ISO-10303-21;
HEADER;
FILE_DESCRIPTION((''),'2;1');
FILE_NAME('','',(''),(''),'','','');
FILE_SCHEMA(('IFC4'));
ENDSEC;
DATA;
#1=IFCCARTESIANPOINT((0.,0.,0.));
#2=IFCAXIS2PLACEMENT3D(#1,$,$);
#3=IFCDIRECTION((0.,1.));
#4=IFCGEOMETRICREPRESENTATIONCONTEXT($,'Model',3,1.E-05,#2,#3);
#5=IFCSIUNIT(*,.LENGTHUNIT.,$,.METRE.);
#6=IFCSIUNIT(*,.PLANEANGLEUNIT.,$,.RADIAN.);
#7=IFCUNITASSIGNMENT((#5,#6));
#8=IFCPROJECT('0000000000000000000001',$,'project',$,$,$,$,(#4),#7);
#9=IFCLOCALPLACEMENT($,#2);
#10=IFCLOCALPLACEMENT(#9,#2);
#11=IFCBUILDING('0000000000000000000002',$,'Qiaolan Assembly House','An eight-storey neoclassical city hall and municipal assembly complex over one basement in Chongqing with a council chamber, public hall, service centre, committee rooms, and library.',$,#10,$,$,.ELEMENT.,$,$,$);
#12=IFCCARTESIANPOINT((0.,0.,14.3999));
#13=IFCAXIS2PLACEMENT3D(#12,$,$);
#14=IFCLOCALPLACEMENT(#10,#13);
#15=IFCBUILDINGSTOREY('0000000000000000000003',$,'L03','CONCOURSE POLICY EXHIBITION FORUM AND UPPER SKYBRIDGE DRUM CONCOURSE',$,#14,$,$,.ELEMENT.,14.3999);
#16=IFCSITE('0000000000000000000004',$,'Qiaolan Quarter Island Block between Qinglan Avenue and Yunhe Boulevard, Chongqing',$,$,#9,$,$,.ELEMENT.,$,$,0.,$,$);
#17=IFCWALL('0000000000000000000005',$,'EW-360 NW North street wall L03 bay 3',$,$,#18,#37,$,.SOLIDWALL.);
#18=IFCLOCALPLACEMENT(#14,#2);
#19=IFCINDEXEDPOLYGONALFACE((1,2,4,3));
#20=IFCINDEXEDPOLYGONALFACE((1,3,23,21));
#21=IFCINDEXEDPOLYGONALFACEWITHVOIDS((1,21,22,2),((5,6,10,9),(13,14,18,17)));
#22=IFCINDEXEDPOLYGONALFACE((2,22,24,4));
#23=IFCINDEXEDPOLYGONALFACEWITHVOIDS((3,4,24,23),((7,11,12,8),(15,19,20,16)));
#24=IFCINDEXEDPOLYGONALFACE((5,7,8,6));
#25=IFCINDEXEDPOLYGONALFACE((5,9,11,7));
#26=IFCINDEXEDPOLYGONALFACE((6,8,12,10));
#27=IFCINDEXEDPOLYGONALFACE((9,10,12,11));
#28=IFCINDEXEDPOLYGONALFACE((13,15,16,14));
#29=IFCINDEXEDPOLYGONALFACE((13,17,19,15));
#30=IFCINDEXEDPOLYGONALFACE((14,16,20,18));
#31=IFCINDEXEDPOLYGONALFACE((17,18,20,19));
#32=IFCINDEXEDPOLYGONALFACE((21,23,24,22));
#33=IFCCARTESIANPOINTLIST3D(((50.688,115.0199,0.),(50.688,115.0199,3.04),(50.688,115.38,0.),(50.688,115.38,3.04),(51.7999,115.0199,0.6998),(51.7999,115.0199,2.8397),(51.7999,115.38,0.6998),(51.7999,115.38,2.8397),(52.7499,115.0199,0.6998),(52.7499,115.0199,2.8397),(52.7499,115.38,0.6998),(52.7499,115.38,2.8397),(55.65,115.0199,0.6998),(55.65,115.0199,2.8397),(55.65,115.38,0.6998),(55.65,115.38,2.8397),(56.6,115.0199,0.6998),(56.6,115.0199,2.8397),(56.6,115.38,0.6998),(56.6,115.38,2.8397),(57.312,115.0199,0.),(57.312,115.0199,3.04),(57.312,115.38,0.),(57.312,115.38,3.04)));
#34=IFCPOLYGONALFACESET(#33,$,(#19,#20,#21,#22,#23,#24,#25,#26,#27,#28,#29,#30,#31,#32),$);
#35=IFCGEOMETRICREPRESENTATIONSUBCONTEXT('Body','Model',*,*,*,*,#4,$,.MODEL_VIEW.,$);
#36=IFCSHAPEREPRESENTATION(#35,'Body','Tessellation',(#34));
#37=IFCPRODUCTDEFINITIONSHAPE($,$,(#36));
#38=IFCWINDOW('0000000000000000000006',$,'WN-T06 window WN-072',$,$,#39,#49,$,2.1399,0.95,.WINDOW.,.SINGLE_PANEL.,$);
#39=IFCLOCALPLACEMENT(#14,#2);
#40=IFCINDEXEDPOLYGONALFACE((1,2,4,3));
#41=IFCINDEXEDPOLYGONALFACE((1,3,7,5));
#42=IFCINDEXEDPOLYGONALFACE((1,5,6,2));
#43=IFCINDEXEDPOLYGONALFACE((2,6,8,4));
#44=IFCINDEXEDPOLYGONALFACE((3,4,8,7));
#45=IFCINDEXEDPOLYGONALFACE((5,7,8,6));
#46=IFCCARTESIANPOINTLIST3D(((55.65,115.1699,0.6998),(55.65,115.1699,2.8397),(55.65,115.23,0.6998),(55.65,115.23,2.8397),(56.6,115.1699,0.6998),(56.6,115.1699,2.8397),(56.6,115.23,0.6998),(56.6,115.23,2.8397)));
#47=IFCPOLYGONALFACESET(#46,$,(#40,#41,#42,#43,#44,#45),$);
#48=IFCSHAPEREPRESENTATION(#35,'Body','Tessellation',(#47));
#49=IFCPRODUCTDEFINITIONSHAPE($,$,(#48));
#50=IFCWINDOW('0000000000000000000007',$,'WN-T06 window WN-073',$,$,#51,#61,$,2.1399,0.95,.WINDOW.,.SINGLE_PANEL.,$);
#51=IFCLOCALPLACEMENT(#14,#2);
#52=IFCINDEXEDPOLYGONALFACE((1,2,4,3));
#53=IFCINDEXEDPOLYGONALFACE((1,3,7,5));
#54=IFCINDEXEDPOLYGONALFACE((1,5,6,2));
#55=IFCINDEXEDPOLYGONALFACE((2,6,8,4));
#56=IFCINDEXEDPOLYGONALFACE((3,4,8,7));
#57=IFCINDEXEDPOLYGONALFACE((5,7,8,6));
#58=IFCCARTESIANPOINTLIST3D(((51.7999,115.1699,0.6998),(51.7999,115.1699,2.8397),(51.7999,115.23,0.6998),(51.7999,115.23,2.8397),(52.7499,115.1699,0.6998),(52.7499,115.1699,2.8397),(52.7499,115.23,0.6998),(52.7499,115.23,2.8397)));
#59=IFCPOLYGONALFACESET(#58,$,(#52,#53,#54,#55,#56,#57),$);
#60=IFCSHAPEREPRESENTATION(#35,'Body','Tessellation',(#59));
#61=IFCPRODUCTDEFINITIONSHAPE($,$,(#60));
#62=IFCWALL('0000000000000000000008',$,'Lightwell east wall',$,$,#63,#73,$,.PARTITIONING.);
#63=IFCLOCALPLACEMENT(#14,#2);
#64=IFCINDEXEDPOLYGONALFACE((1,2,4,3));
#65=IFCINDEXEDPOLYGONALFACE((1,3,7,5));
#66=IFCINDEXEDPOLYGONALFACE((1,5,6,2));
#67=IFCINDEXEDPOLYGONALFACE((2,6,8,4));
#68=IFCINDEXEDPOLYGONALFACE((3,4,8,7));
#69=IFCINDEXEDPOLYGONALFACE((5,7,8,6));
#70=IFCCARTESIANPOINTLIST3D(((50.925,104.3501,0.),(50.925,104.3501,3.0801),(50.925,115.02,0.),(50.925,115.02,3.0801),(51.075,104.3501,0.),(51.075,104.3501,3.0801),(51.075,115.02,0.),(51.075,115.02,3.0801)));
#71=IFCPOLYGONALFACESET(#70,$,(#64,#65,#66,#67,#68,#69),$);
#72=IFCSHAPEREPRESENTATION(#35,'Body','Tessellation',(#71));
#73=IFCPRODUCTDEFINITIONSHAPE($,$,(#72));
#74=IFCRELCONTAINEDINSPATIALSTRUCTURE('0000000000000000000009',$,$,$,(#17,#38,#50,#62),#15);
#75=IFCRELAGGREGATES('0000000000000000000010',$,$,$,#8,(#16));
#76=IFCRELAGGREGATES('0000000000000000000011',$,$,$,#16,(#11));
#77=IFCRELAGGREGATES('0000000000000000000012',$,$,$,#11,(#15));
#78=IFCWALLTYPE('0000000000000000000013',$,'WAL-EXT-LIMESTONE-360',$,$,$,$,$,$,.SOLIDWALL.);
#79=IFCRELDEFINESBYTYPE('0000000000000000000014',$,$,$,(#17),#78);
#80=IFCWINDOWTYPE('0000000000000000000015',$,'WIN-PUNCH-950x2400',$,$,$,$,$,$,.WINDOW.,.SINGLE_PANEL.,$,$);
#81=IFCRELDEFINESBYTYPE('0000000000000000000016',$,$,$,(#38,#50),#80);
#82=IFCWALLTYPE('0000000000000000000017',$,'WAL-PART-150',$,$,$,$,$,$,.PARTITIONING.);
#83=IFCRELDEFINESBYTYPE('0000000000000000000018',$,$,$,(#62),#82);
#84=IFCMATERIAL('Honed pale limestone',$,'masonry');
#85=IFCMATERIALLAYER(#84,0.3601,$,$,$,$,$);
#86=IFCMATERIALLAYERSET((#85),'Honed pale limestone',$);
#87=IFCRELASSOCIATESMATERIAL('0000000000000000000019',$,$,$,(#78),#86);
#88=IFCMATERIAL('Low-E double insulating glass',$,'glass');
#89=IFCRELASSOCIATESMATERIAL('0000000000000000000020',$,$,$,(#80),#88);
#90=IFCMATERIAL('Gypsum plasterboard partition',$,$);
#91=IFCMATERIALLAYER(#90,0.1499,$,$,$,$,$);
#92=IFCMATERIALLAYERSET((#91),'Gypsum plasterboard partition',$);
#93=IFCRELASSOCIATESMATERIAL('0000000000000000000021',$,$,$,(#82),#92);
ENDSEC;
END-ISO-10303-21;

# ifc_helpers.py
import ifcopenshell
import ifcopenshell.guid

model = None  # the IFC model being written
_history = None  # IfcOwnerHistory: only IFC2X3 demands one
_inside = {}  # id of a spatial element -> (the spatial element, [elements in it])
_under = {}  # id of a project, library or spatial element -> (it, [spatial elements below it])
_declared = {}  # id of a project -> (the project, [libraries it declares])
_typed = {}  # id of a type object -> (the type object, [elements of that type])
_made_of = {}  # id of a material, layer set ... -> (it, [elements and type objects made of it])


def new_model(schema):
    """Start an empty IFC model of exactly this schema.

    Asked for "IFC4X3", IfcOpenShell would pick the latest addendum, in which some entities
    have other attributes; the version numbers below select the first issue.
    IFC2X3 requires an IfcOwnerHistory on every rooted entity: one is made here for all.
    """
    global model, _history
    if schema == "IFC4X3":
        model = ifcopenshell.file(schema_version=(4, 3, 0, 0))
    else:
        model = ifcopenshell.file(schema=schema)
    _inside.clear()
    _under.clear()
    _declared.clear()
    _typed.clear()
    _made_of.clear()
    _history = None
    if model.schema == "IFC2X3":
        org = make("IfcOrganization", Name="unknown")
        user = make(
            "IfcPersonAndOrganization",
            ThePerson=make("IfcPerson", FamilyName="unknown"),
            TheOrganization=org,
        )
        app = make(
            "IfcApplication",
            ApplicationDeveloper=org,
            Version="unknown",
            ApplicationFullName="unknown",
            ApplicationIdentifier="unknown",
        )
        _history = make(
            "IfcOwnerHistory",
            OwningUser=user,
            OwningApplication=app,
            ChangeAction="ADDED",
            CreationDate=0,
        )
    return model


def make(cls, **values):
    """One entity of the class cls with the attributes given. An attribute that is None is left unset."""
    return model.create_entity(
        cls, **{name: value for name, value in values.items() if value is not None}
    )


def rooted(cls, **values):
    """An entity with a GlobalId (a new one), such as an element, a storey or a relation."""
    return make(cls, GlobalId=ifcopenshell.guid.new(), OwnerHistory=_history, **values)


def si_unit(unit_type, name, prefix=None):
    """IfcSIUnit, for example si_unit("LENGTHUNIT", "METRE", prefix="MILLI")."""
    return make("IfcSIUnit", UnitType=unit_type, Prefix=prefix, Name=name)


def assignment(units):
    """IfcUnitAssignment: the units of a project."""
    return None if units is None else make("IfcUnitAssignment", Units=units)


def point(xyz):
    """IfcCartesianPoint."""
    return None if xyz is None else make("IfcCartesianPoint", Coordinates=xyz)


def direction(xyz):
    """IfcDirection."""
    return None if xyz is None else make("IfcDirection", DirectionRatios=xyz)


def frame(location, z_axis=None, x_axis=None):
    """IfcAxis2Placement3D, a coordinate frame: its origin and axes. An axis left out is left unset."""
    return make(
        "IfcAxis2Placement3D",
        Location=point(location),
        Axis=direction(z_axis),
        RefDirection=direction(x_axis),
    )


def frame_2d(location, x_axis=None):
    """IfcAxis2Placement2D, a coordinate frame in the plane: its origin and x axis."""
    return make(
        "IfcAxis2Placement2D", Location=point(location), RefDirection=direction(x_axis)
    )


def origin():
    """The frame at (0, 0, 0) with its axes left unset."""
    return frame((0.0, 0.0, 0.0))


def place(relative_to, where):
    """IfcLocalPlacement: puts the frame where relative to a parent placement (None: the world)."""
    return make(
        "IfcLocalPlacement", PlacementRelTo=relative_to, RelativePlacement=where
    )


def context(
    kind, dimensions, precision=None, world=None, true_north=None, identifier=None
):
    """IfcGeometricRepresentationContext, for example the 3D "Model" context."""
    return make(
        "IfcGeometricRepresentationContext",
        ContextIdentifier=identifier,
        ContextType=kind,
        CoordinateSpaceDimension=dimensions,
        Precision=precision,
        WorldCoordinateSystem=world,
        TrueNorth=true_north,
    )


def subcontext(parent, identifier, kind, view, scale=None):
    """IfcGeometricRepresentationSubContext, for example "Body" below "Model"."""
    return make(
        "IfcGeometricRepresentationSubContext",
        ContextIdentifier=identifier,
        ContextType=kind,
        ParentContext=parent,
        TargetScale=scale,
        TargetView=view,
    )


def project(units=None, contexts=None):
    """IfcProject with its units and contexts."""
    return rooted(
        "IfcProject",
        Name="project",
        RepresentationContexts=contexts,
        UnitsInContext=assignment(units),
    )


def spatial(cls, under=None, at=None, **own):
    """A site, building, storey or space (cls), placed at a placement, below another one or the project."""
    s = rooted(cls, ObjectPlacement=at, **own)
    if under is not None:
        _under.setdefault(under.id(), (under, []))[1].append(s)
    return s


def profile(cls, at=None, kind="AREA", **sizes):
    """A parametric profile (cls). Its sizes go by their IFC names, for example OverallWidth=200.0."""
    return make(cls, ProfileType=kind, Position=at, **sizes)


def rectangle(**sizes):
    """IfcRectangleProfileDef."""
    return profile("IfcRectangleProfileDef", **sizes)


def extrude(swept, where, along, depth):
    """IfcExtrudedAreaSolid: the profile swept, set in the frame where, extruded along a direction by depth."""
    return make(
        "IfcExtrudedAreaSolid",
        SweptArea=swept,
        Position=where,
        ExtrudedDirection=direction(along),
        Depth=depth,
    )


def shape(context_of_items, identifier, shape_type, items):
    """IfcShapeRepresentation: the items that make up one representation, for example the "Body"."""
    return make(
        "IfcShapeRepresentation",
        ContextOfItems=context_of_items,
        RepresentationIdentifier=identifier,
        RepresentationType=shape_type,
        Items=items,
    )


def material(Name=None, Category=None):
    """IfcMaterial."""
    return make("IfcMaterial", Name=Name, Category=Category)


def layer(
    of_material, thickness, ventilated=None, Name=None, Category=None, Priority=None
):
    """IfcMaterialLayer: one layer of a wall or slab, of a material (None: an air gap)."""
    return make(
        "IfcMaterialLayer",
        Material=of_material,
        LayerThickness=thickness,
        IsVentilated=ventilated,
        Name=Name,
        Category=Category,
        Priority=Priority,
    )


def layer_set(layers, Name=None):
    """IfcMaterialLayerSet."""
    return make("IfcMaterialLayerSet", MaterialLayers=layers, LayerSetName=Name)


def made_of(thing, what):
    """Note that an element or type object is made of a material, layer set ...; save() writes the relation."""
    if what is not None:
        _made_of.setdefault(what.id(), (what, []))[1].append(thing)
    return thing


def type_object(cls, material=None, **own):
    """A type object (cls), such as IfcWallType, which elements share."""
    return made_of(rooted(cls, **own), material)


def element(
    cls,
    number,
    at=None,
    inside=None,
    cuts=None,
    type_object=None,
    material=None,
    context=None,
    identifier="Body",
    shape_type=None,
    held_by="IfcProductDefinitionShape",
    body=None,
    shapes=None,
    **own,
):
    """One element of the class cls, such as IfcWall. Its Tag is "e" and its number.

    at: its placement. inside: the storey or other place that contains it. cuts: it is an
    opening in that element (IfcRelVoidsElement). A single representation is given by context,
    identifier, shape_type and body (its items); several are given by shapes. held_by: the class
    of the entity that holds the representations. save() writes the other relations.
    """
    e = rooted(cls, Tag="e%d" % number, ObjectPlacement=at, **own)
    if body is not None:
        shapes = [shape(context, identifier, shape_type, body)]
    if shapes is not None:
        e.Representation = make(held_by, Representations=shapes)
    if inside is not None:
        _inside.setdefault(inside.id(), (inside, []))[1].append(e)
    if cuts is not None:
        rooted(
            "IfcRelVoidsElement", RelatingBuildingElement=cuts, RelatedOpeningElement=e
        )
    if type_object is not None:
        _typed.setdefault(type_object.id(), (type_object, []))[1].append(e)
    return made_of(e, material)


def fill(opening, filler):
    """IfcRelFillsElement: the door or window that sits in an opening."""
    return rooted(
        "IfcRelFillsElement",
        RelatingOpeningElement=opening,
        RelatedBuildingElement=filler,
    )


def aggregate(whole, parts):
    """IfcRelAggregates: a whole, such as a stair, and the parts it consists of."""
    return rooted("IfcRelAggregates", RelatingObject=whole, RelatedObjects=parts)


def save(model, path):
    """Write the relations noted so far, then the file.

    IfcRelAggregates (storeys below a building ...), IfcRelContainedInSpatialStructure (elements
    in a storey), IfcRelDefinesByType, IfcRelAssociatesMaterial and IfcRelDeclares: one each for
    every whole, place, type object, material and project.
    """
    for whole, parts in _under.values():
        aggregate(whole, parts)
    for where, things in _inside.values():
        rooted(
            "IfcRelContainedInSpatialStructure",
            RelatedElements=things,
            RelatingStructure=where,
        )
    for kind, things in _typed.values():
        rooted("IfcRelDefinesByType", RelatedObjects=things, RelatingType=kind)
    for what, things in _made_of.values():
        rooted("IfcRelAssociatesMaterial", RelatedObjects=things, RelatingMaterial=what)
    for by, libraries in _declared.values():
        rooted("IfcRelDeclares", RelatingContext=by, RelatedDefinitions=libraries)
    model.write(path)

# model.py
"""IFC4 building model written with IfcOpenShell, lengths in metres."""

from ifc_helpers import new_model, si_unit, direction, frame, frame_2d, origin, place, context, subcontext, project, spatial, rectangle, extrude, material, layer, layer_set, type_object, element, fill, save


model = new_model("IFC4")

# Units and contexts
model_context = context("Model", 3, precision=1e-05, world=origin(), true_north=direction((0.0, 1.0)))
body_context = subcontext(model_context, "Body", "Model", "MODEL_VIEW")
ifc_project = project(units=[si_unit("LENGTHUNIT", "METRE"), si_unit("PLANEANGLEUNIT", "RADIAN")], contexts=[model_context])

# Site, building, storey
site_placement = place(None, origin())
site = spatial("IfcSite", under=ifc_project, at=site_placement, Name="Qiaolan Quarter Island Block between Qinglan Avenue and Yunhe Boulevard, Chongqing", CompositionType="ELEMENT", RefElevation=0.0)
building_placement = place(site_placement, origin())
building = spatial("IfcBuilding", under=site, at=building_placement, Name="Qiaolan Assembly House", Description="An eight-storey neoclassical city hall and municipal assembly complex over one basement in Chongqing with a council chamber, public hall, service centre, committee rooms, and library.", CompositionType="ELEMENT")
storey_placement = place(building_placement, frame((0.0, 0.0, 14.3999)))
storey = spatial("IfcBuildingStorey", under=building, at=storey_placement, Name="L03", Description="CONCOURSE POLICY EXHIBITION FORUM AND UPPER SKYBRIDGE DRUM CONCOURSE", CompositionType="ELEMENT", Elevation=14.3999)

# Wall, openings, windows
ifc_material_1 = material(Name="Honed pale limestone", Category="masonry")
ifc_layer_1 = layer(ifc_material_1, 0.3601)
ifc_layer_set_1 = layer_set([ifc_layer_1], Name="Honed pale limestone")
wall_type_1 = type_object("IfcWallType", Name="WAL-EXT-LIMESTONE-360", PredefinedType="SOLIDWALL", material=ifc_layer_set_1)
wall_1_placement = place(storey_placement, frame((57.312, 115.2, 0.0), z_axis=(0.0, 0.0, 1.0), x_axis=(-1.0, 0.0, 0.0)))
wall_1 = element("IfcWall", 1, at=wall_1_placement, inside=storey, type_object=wall_type_1, Name="EW-360 NW North street wall L03 bay 3", PredefinedType="SOLIDWALL", context=body_context, shape_type="SweptSolid", body=[
    extrude(rectangle(XDim=6.624, YDim=0.3601, at=frame_2d((3.312, 0.0))), origin(), (0.0, 0.0, 1.0), 3.04),
])
opening_1_placement = place(wall_1_placement, frame((0.7119, 0.0, 0.7)))
opening_1 = element("IfcOpeningElement", 2, at=opening_1_placement, cuts=wall_1, PredefinedType="OPENING", context=body_context, shape_type="SweptSolid", body=[
    extrude(rectangle(XDim=0.95, YDim=2.1399, at=frame_2d((0.4751, 1.0698))), frame((0.0, 0.1899, 0.0), z_axis=(0.0, -1.0, 0.0), x_axis=(1.0, 0.0, 0.0)), (0.0, 0.0, 1.0), 0.3801),
])
opening_2_placement = place(wall_1_placement, frame((4.562, 0.0, 0.7)))
opening_2 = element("IfcOpeningElement", 3, at=opening_2_placement, cuts=wall_1, PredefinedType="OPENING", context=body_context, shape_type="SweptSolid", body=[
    extrude(rectangle(XDim=0.95, YDim=2.1399, at=frame_2d((0.4751, 1.0698))), frame((0.0, 0.1899, 0.0), z_axis=(0.0, -1.0, 0.0), x_axis=(1.0, 0.0, 0.0)), (0.0, 0.0, 1.0), 0.3801),
])
ifc_material_2 = material(Name="Low-E double insulating glass", Category="glass")
window_type = type_object("IfcWindowType", Name="WIN-PUNCH-950x2400", PartitioningType="SINGLE_PANEL", PredefinedType="WINDOW", material=ifc_material_2)
window_1_placement = place(opening_1_placement, origin())
window_1 = element("IfcWindow", 4, at=window_1_placement, inside=storey, type_object=window_type, Name="WN-T06 window WN-072", OverallHeight=2.1399, OverallWidth=0.95, PartitioningType="SINGLE_PANEL", PredefinedType="WINDOW", context=body_context, shape_type="SweptSolid", body=[
    extrude(rectangle(XDim=0.95, YDim=2.1399, at=frame_2d((0.4751, 1.0698))), frame((0.0, 0.03, 0.0), z_axis=(0.0, -1.0, 0.0), x_axis=(1.0, 0.0, 0.0)), (0.0, 0.0, 1.0), 0.0601),
])
fill(opening_1, window_1)
window_2_placement = place(opening_2_placement, origin())
window_2 = element("IfcWindow", 5, at=window_2_placement, inside=storey, type_object=window_type, Name="WN-T06 window WN-073", OverallHeight=2.1399, OverallWidth=0.95, PartitioningType="SINGLE_PANEL", PredefinedType="WINDOW", context=body_context, shape_type="SweptSolid", body=[
    extrude(rectangle(XDim=0.95, YDim=2.1399, at=frame_2d((0.4751, 1.0698))), frame((0.0, 0.03, 0.0), z_axis=(0.0, -1.0, 0.0), x_axis=(1.0, 0.0, 0.0)), (0.0, 0.0, 1.0), 0.0601),
])
fill(opening_2, window_2)

# Wall
ifc_material_3 = material(Name="Gypsum plasterboard partition")
ifc_layer_2 = layer(ifc_material_3, 0.1499)
ifc_layer_set_2 = layer_set([ifc_layer_2], Name="Gypsum plasterboard partition")
wall_type_2 = type_object("IfcWallType", Name="WAL-PART-150", PredefinedType="PARTITIONING", material=ifc_layer_set_2)
wall_2_placement = place(storey_placement, frame((51.0, 104.3501, 0.0), z_axis=(0.0, 0.0, 1.0), x_axis=(0.0, 1.0, 0.0)))
element("IfcWall", 6, at=wall_2_placement, inside=storey, type_object=wall_type_2, Name="Lightwell east wall", PredefinedType="PARTITIONING", context=body_context, shape_type="SweptSolid", body=[
    extrude(rectangle(XDim=10.6699, YDim=0.1499, at=frame_2d((5.335, 0.0))), origin(), (0.0, 0.0, 1.0), 3.0801),
])

save(model, "model.ifc")
